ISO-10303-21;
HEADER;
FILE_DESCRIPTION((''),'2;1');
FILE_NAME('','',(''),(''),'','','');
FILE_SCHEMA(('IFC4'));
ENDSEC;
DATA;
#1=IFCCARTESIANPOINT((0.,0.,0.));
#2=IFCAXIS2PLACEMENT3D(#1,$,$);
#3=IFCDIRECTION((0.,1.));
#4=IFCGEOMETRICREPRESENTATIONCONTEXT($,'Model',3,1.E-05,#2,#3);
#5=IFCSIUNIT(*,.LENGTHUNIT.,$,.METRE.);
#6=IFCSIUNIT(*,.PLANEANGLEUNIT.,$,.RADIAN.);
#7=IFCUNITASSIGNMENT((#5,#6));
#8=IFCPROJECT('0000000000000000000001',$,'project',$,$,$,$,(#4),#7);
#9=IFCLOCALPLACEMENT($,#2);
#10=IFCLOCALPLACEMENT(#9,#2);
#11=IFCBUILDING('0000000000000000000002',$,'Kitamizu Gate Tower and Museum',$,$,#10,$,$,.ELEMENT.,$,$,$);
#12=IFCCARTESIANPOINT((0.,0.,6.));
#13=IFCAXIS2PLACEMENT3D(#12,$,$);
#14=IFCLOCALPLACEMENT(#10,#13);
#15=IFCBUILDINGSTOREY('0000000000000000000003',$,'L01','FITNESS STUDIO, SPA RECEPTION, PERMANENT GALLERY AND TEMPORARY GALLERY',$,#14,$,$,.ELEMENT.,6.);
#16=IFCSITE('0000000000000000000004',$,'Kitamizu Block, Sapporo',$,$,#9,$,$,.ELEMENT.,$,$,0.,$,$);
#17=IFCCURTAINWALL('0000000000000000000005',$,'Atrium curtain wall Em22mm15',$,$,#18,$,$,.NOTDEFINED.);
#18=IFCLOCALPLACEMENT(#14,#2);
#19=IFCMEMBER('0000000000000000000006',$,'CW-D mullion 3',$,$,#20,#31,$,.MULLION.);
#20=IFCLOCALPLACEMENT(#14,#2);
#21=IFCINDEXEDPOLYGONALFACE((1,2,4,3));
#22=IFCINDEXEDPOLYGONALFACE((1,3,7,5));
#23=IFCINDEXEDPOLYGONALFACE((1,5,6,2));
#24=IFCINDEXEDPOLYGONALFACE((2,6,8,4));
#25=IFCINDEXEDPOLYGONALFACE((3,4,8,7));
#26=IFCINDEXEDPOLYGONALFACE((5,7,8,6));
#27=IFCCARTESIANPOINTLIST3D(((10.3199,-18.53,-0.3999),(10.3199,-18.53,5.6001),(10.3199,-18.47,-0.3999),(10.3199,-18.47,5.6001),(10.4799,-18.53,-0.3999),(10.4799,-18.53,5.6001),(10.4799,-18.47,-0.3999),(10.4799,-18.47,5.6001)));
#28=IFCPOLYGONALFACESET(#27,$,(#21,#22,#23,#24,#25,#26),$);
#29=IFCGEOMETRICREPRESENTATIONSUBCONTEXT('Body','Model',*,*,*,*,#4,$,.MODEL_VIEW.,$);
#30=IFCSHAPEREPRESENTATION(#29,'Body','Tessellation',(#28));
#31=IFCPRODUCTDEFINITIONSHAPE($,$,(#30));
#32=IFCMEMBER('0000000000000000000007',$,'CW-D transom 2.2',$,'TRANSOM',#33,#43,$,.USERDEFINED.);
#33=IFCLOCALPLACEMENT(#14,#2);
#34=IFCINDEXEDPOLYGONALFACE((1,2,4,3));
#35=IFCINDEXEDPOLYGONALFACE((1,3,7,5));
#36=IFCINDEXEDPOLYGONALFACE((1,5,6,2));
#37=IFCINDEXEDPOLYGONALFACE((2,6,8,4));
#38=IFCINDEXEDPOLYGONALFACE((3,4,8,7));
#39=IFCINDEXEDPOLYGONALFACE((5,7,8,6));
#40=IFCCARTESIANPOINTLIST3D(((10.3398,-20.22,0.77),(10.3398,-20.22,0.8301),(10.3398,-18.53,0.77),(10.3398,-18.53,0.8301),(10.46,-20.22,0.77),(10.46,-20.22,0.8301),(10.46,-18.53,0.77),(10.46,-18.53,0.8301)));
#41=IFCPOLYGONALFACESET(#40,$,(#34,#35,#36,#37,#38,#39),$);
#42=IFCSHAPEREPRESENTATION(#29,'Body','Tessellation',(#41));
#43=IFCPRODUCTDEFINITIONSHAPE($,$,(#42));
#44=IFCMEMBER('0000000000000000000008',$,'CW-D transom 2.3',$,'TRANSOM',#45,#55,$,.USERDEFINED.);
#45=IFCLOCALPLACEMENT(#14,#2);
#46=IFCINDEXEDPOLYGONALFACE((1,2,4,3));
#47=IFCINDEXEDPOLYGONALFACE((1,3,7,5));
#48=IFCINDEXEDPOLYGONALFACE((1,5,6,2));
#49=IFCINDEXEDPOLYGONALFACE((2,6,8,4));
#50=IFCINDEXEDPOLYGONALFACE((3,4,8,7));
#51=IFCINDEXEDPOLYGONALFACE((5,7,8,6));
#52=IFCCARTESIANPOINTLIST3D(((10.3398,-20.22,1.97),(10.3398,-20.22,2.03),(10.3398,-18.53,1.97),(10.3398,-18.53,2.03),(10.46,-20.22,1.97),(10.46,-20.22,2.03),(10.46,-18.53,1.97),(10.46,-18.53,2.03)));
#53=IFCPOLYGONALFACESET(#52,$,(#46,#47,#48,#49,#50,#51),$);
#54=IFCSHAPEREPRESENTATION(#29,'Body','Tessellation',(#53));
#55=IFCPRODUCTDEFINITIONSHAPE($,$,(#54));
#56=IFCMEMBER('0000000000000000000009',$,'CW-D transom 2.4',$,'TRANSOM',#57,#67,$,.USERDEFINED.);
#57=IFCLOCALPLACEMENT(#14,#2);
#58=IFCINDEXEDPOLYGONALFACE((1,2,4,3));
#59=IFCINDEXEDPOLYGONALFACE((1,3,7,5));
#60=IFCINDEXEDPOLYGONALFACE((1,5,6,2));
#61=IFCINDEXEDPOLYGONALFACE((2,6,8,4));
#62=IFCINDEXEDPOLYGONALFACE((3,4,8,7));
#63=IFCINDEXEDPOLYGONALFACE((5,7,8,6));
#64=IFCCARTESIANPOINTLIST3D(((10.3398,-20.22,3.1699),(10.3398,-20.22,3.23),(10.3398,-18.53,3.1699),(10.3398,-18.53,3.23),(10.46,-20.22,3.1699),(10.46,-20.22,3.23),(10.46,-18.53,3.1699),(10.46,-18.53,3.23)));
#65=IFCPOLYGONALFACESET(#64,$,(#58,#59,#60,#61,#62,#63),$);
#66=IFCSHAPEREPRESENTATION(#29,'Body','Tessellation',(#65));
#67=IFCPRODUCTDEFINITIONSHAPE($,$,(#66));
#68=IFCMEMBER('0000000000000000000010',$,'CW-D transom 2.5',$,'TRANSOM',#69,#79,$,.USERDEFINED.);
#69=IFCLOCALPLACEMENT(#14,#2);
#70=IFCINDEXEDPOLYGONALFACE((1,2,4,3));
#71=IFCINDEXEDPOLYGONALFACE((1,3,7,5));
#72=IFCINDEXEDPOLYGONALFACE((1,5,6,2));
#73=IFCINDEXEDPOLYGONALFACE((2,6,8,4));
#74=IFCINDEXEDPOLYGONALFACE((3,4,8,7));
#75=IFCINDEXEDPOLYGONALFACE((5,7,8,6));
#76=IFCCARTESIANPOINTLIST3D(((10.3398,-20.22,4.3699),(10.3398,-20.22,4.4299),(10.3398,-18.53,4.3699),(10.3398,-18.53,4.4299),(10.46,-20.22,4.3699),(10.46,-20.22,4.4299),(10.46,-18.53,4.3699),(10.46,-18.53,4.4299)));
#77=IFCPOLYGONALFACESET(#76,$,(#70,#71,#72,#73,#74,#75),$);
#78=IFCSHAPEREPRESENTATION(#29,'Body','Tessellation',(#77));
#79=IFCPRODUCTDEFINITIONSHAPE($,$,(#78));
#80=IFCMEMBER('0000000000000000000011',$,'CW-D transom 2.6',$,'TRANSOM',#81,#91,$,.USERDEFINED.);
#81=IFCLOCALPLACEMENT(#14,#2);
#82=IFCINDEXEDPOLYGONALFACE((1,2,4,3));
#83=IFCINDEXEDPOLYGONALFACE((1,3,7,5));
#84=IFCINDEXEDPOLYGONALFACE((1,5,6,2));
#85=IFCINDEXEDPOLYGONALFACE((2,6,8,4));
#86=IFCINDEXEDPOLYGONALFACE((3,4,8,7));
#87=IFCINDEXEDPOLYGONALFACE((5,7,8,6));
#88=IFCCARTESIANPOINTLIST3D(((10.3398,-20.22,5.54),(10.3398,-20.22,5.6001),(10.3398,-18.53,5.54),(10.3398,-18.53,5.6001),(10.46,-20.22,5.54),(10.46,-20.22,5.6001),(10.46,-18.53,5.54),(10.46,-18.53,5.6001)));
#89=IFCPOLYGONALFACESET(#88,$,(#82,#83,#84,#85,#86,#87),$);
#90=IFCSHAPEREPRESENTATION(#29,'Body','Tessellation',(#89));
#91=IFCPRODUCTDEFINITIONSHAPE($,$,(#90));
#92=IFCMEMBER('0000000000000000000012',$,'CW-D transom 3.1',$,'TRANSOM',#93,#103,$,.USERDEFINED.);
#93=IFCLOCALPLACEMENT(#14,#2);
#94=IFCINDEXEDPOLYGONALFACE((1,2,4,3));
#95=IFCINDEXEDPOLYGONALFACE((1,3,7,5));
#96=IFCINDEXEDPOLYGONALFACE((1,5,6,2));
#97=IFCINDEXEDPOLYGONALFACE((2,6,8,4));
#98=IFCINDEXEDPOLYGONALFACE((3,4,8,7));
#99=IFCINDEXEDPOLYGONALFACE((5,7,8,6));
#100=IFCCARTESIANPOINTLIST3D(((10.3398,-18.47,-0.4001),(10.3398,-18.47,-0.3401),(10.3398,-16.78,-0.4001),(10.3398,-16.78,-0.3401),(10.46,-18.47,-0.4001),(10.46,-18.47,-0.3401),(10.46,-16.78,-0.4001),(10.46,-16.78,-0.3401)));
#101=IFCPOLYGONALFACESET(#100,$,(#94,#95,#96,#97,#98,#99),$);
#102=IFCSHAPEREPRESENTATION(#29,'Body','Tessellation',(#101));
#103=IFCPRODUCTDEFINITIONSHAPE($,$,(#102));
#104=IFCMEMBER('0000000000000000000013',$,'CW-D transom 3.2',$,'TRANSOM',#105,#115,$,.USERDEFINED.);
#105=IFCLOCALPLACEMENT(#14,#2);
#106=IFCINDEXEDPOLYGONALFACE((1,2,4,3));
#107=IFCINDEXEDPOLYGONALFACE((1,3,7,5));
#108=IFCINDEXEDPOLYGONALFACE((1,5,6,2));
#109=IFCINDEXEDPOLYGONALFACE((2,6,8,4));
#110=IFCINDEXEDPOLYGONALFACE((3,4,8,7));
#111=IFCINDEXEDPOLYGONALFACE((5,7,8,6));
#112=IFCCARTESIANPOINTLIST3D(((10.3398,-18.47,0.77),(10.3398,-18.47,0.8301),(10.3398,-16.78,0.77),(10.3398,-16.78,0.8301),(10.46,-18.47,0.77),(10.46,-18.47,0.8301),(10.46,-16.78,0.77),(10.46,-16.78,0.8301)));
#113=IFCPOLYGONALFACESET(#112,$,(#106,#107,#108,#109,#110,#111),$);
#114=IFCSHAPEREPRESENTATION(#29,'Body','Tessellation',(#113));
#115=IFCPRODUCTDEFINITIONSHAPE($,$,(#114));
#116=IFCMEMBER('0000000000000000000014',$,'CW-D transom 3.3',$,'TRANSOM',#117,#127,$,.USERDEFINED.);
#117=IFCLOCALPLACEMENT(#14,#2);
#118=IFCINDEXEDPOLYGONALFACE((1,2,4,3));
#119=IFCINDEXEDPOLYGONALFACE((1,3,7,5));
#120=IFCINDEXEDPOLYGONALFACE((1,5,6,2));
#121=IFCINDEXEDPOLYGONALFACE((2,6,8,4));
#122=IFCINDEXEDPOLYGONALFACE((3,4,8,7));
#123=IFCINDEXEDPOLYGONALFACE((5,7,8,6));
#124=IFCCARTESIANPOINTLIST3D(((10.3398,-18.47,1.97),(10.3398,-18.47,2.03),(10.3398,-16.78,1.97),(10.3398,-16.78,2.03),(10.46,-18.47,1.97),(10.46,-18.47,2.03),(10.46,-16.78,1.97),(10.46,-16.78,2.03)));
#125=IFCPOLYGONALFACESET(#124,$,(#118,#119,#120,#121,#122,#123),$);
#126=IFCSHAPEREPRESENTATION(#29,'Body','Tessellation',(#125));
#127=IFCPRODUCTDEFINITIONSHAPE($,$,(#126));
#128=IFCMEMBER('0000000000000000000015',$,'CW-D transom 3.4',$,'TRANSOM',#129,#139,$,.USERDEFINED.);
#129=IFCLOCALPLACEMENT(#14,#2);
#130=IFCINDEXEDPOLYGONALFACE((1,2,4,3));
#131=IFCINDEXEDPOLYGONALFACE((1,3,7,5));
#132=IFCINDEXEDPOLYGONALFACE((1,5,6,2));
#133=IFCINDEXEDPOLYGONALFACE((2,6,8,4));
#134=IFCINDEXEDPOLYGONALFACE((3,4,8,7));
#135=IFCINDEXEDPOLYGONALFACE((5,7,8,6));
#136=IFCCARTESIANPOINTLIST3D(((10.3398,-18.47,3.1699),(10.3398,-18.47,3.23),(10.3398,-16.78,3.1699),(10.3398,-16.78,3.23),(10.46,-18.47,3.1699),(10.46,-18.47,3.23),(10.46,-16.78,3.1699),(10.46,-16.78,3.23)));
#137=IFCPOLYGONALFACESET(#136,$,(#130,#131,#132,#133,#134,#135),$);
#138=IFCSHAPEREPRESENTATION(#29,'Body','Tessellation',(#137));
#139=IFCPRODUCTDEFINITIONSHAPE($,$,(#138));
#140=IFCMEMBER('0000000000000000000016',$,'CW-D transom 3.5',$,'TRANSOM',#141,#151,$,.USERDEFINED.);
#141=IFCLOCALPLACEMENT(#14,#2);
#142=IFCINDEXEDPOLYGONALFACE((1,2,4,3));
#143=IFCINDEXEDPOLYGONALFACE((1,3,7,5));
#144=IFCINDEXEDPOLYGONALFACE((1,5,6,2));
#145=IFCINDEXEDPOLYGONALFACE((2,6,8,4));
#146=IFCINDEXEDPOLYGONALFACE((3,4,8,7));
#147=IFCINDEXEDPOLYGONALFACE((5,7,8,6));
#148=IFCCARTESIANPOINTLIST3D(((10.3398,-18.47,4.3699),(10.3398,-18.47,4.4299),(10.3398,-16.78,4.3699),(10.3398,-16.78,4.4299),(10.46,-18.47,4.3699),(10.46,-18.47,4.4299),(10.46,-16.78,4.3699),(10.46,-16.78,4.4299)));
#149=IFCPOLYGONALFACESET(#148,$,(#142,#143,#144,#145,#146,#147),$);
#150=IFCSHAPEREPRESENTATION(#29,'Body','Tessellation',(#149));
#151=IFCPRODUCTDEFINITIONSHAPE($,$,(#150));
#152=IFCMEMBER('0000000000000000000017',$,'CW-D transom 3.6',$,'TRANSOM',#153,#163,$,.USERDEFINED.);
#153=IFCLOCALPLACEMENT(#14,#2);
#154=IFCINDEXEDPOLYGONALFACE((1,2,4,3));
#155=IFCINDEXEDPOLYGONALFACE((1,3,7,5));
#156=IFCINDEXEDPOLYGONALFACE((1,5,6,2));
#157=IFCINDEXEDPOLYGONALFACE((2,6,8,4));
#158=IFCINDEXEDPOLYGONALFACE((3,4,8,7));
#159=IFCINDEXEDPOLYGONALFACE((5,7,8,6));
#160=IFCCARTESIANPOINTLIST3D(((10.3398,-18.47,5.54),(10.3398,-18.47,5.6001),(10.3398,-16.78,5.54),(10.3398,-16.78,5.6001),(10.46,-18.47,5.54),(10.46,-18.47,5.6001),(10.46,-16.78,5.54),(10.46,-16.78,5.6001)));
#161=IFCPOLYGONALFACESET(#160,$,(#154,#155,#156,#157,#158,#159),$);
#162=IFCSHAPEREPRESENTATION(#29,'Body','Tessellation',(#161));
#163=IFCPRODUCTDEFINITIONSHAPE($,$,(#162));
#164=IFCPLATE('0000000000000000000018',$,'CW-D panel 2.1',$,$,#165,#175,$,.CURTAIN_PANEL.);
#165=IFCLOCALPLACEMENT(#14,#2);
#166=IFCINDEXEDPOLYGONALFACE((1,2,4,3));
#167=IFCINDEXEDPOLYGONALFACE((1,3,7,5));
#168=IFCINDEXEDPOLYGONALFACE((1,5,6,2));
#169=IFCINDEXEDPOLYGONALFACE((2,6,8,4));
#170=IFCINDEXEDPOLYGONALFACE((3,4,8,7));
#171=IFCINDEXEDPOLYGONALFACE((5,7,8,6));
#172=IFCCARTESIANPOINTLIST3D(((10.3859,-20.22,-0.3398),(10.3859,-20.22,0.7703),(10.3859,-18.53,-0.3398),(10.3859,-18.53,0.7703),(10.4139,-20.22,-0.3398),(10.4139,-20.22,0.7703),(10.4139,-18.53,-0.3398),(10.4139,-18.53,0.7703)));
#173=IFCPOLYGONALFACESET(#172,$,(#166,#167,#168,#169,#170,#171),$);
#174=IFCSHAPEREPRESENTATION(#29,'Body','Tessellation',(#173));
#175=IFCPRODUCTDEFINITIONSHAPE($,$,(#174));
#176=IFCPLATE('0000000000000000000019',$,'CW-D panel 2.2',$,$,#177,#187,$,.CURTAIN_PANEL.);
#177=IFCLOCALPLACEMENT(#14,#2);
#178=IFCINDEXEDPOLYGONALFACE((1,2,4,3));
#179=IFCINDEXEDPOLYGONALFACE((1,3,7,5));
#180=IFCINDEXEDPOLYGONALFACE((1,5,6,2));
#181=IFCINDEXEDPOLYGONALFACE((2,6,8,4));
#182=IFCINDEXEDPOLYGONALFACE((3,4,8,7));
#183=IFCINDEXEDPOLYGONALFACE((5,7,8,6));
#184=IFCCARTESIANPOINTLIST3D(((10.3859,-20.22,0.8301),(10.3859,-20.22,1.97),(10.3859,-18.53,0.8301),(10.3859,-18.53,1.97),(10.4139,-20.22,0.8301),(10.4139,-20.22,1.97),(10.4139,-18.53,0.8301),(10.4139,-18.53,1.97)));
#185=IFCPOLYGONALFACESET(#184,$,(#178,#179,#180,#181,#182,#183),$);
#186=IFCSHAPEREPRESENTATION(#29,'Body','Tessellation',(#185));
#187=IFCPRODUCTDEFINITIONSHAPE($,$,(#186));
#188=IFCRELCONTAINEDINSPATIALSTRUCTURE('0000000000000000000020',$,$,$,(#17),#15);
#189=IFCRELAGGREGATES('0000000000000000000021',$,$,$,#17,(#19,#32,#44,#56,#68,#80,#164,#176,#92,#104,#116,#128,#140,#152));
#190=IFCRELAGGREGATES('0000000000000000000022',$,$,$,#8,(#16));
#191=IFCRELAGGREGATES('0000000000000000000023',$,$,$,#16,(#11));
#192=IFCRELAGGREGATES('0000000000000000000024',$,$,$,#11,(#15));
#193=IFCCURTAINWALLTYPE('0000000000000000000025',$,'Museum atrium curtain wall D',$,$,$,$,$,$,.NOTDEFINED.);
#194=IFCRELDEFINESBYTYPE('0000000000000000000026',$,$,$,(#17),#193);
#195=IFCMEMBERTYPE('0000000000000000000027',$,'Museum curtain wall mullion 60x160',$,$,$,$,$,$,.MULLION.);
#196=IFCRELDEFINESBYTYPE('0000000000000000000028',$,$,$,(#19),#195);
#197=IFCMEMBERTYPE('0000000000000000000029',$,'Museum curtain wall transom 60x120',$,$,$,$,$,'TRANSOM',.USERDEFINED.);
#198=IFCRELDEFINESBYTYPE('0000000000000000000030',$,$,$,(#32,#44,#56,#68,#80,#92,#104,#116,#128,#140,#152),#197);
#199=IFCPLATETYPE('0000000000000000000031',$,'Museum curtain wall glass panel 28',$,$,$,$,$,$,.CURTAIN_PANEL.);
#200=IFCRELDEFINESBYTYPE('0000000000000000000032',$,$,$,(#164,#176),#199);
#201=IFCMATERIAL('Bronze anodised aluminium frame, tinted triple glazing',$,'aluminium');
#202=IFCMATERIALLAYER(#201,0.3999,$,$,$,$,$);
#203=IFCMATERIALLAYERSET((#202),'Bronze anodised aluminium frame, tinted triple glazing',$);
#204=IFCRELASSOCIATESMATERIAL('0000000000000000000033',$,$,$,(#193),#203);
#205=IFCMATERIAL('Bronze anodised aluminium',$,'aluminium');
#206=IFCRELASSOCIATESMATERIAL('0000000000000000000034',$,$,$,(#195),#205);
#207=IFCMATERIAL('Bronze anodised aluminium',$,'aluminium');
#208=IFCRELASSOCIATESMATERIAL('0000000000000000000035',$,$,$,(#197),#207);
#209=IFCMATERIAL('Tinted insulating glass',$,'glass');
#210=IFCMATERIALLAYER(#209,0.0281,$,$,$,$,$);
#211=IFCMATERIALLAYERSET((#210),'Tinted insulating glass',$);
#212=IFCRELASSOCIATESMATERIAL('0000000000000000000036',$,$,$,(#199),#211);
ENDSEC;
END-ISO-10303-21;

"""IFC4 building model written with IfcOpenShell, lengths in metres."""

from ifc_helpers import new_model, si_unit, direction, frame, origin, origin_2d, place, context, subcontext, project, spatial, rectangle, extrude, material, layer, layer_set, material_profile, profile_set, type_object, element, aggregate, save


model = new_model("IFC4")

# Units and contexts
model_context = context("Model", 3, precision=1e-05, world=origin(), true_north=direction((0.0, 1.0)))
body_context = subcontext(model_context, "Body", "Model", "MODEL_VIEW")
ifc_project = project(units=[si_unit("LENGTHUNIT", "METRE"), si_unit("PLANEANGLEUNIT", "RADIAN")], contexts=[model_context])

# Site, building, storey
site_placement = place(None, origin())
site = spatial("IfcSite", under=ifc_project, at=site_placement, Name="Kitamizu Block, Sapporo", CompositionType="ELEMENT", RefElevation=0.0)
building_placement = place(site_placement, origin())
building = spatial("IfcBuilding", under=site, at=building_placement, Name="Kitamizu Gate Tower and Museum", CompositionType="ELEMENT")
storey_placement = place(building_placement, frame((0.0, 0.0, 6.0)))
storey = spatial("IfcBuildingStorey", under=building, at=storey_placement, Name="L01", Description="FITNESS STUDIO, SPA RECEPTION, PERMANENT GALLERY AND TEMPORARY GALLERY", CompositionType="ELEMENT", Elevation=6.0)

# Curtain wall, members, plates
ifc_material_1 = material(Name="Bronze anodised aluminium frame, tinted triple glazing", Category="aluminium")
ifc_layer_1 = layer(ifc_material_1, 0.3999)
ifc_layer_set_1 = layer_set([ifc_layer_1], Name="Bronze anodised aluminium frame, tinted triple glazing")
curtain_wall_type = type_object("IfcCurtainWallType", Name="Museum atrium curtain wall D", PredefinedType="NOTDEFINED", material=ifc_layer_set_1)
curtain_wall_placement = place(storey_placement, origin())
curtain_wall = element("IfcCurtainWall", 1, at=curtain_wall_placement, inside=storey, type_object=curtain_wall_type, Name="Atrium curtain wall Em22mm15", PredefinedType="NOTDEFINED")
ifc_material_2 = material(Name="Bronze anodised aluminium", Category="aluminium")
ifc_material_profile_1 = material_profile(ifc_material_2, rectangle(XDim=0.0601, YDim=0.1599, at=origin_2d()), Name="60x160")
ifc_profile_set_1 = profile_set([ifc_material_profile_1], Name="Bronze anodised aluminium")
member_type_1 = type_object("IfcMemberType", Name="Museum curtain wall mullion 60x160", PredefinedType="MULLION", material=ifc_profile_set_1)
member_1_placement = place(storey_placement, frame((10.3999, -18.5, -0.3999), z_axis=(0.0, 0.0, 1.0), x_axis=(0.0, 1.0, 0.0)))
member_1 = element("IfcMember", 2, at=member_1_placement, type_object=member_type_1, Name="CW-D mullion 3", PredefinedType="MULLION", context=body_context, shape_type="SweptSolid", body=[
    extrude(rectangle(XDim=0.0601, YDim=0.1599, at=origin_2d()), origin(), (0.0, 0.0, 1.0), 6.0),
])
ifc_material_3 = material(Name="Bronze anodised aluminium", Category="aluminium")
ifc_material_profile_2 = material_profile(ifc_material_3, rectangle(XDim=0.1201, YDim=0.0601, at=origin_2d()), Name="120x60")
ifc_profile_set_2 = profile_set([ifc_material_profile_2], Name="Bronze anodised aluminium")
member_type_2 = type_object("IfcMemberType", Name="Museum curtain wall transom 60x120", ElementType="TRANSOM", PredefinedType="USERDEFINED", material=ifc_profile_set_2)
member_2_placement = place(storey_placement, frame((10.3999, -20.22, 0.8), z_axis=(0.0, 1.0, 0.0), x_axis=(-1.0, 0.0, 0.0)))
member_2 = element("IfcMember", 3, at=member_2_placement, type_object=member_type_2, Name="CW-D transom 2.2", ObjectType="TRANSOM", PredefinedType="USERDEFINED", context=body_context, shape_type="SweptSolid", body=[
    extrude(rectangle(XDim=0.1201, YDim=0.0601, at=origin_2d()), origin(), (0.0, 0.0, 1.0), 1.6899),
])
member_3_placement = place(storey_placement, frame((10.3999, -20.22, 2.0), z_axis=(0.0, 1.0, 0.0), x_axis=(-1.0, 0.0, 0.0)))
member_3 = element("IfcMember", 4, at=member_3_placement, type_object=member_type_2, Name="CW-D transom 2.3", ObjectType="TRANSOM", PredefinedType="USERDEFINED", context=body_context, shape_type="SweptSolid", body=[
    extrude(rectangle(XDim=0.1201, YDim=0.0601, at=origin_2d()), origin(), (0.0, 0.0, 1.0), 1.6899),
])
member_4_placement = place(storey_placement, frame((10.3999, -20.22, 3.2), z_axis=(0.0, 1.0, 0.0), x_axis=(-1.0, 0.0, 0.0)))
member_4 = element("IfcMember", 5, at=member_4_placement, type_object=member_type_2, Name="CW-D transom 2.4", ObjectType="TRANSOM", PredefinedType="USERDEFINED", context=body_context, shape_type="SweptSolid", body=[
    extrude(rectangle(XDim=0.1201, YDim=0.0601, at=origin_2d()), origin(), (0.0, 0.0, 1.0), 1.6899),
])
member_5_placement = place(storey_placement, frame((10.3999, -20.22, 4.3999), z_axis=(0.0, 1.0, 0.0), x_axis=(-1.0, 0.0, 0.0)))
member_5 = element("IfcMember", 6, at=member_5_placement, type_object=member_type_2, Name="CW-D transom 2.5", ObjectType="TRANSOM", PredefinedType="USERDEFINED", context=body_context, shape_type="SweptSolid", body=[
    extrude(rectangle(XDim=0.1201, YDim=0.0601, at=origin_2d()), origin(), (0.0, 0.0, 1.0), 1.6899),
])
member_6_placement = place(storey_placement, frame((10.3999, -20.22, 5.5701), z_axis=(0.0, 1.0, 0.0), x_axis=(-1.0, 0.0, 0.0)))
member_6 = element("IfcMember", 7, at=member_6_placement, type_object=member_type_2, Name="CW-D transom 2.6", ObjectType="TRANSOM", PredefinedType="USERDEFINED", context=body_context, shape_type="SweptSolid", body=[
    extrude(rectangle(XDim=0.1201, YDim=0.0601, at=origin_2d()), origin(), (0.0, 0.0, 1.0), 1.6899),
])
member_7_placement = place(storey_placement, frame((10.3999, -18.47, -0.3701), z_axis=(0.0, 1.0, 0.0), x_axis=(-1.0, 0.0, 0.0)))
member_7 = element("IfcMember", 8, at=member_7_placement, type_object=member_type_2, Name="CW-D transom 3.1", ObjectType="TRANSOM", PredefinedType="USERDEFINED", context=body_context, shape_type="SweptSolid", body=[
    extrude(rectangle(XDim=0.1201, YDim=0.0601, at=origin_2d()), origin(), (0.0, 0.0, 1.0), 1.6899),
])
member_8_placement = place(storey_placement, frame((10.3999, -18.47, 0.8), z_axis=(0.0, 1.0, 0.0), x_axis=(-1.0, 0.0, 0.0)))
member_8 = element("IfcMember", 9, at=member_8_placement, type_object=member_type_2, Name="CW-D transom 3.2", ObjectType="TRANSOM", PredefinedType="USERDEFINED", context=body_context, shape_type="SweptSolid", body=[
    extrude(rectangle(XDim=0.1201, YDim=0.0601, at=origin_2d()), origin(), (0.0, 0.0, 1.0), 1.6899),
])
member_9_placement = place(storey_placement, frame((10.3999, -18.47, 2.0), z_axis=(0.0, 1.0, 0.0), x_axis=(-1.0, 0.0, 0.0)))
member_9 = element("IfcMember", 10, at=member_9_placement, type_object=member_type_2, Name="CW-D transom 3.3", ObjectType="TRANSOM", PredefinedType="USERDEFINED", context=body_context, shape_type="SweptSolid", body=[
    extrude(rectangle(XDim=0.1201, YDim=0.0601, at=origin_2d()), origin(), (0.0, 0.0, 1.0), 1.6899),
])
member_10_placement = place(storey_placement, frame((10.3999, -18.47, 3.2), z_axis=(0.0, 1.0, 0.0), x_axis=(-1.0, 0.0, 0.0)))
member_10 = element("IfcMember", 11, at=member_10_placement, type_object=member_type_2, Name="CW-D transom 3.4", ObjectType="TRANSOM", PredefinedType="USERDEFINED", context=body_context, shape_type="SweptSolid", body=[
    extrude(rectangle(XDim=0.1201, YDim=0.0601, at=origin_2d()), origin(), (0.0, 0.0, 1.0), 1.6899),
])
member_11_placement = place(storey_placement, frame((10.3999, -18.47, 4.3999), z_axis=(0.0, 1.0, 0.0), x_axis=(-1.0, 0.0, 0.0)))
member_11 = element("IfcMember", 12, at=member_11_placement, type_object=member_type_2, Name="CW-D transom 3.5", ObjectType="TRANSOM", PredefinedType="USERDEFINED", context=body_context, shape_type="SweptSolid", body=[
    extrude(rectangle(XDim=0.1201, YDim=0.0601, at=origin_2d()), origin(), (0.0, 0.0, 1.0), 1.6899),
])
member_12_placement = place(storey_placement, frame((10.3999, -18.47, 5.5701), z_axis=(0.0, 1.0, 0.0), x_axis=(-1.0, 0.0, 0.0)))
member_12 = element("IfcMember", 13, at=member_12_placement, type_object=member_type_2, Name="CW-D transom 3.6", ObjectType="TRANSOM", PredefinedType="USERDEFINED", context=body_context, shape_type="SweptSolid", body=[
    extrude(rectangle(XDim=0.1201, YDim=0.0601, at=origin_2d()), origin(), (0.0, 0.0, 1.0), 1.6899),
])
ifc_material_4 = material(Name="Tinted insulating glass", Category="glass")
ifc_layer_2 = layer(ifc_material_4, 0.0281)
ifc_layer_set_2 = layer_set([ifc_layer_2], Name="Tinted insulating glass")
plate_type = type_object("IfcPlateType", Name="Museum curtain wall glass panel 28", PredefinedType="CURTAIN_PANEL", material=ifc_layer_set_2)
plate_1_placement = place(storey_placement, frame((10.3999, -19.375, -0.3398), z_axis=(0.0, 0.0, 1.0), x_axis=(0.0, 1.0, 0.0)))
plate_1 = element("IfcPlate", 14, at=plate_1_placement, type_object=plate_type, Name="CW-D panel 2.1", PredefinedType="CURTAIN_PANEL", context=body_context, shape_type="SweptSolid", body=[
    extrude(rectangle(XDim=1.6899, YDim=0.0281, at=origin_2d()), origin(), (0.0, 0.0, 1.0), 1.1101),
])
plate_2_placement = place(storey_placement, frame((10.3999, -19.375, 0.8301), z_axis=(0.0, 0.0, 1.0), x_axis=(0.0, 1.0, 0.0)))
plate_2 = element("IfcPlate", 15, at=plate_2_placement, type_object=plate_type, Name="CW-D panel 2.2", PredefinedType="CURTAIN_PANEL", context=body_context, shape_type="SweptSolid", body=[
    extrude(rectangle(XDim=1.6899, YDim=0.0281, at=origin_2d()), origin(), (0.0, 0.0, 1.0), 1.1399),
])
aggregate(curtain_wall, [member_1, member_2, member_3, member_4, member_5, member_6, plate_1, plate_2, member_7, member_8, member_9, member_10, member_11, member_12])

save(model, "model.ifc")
